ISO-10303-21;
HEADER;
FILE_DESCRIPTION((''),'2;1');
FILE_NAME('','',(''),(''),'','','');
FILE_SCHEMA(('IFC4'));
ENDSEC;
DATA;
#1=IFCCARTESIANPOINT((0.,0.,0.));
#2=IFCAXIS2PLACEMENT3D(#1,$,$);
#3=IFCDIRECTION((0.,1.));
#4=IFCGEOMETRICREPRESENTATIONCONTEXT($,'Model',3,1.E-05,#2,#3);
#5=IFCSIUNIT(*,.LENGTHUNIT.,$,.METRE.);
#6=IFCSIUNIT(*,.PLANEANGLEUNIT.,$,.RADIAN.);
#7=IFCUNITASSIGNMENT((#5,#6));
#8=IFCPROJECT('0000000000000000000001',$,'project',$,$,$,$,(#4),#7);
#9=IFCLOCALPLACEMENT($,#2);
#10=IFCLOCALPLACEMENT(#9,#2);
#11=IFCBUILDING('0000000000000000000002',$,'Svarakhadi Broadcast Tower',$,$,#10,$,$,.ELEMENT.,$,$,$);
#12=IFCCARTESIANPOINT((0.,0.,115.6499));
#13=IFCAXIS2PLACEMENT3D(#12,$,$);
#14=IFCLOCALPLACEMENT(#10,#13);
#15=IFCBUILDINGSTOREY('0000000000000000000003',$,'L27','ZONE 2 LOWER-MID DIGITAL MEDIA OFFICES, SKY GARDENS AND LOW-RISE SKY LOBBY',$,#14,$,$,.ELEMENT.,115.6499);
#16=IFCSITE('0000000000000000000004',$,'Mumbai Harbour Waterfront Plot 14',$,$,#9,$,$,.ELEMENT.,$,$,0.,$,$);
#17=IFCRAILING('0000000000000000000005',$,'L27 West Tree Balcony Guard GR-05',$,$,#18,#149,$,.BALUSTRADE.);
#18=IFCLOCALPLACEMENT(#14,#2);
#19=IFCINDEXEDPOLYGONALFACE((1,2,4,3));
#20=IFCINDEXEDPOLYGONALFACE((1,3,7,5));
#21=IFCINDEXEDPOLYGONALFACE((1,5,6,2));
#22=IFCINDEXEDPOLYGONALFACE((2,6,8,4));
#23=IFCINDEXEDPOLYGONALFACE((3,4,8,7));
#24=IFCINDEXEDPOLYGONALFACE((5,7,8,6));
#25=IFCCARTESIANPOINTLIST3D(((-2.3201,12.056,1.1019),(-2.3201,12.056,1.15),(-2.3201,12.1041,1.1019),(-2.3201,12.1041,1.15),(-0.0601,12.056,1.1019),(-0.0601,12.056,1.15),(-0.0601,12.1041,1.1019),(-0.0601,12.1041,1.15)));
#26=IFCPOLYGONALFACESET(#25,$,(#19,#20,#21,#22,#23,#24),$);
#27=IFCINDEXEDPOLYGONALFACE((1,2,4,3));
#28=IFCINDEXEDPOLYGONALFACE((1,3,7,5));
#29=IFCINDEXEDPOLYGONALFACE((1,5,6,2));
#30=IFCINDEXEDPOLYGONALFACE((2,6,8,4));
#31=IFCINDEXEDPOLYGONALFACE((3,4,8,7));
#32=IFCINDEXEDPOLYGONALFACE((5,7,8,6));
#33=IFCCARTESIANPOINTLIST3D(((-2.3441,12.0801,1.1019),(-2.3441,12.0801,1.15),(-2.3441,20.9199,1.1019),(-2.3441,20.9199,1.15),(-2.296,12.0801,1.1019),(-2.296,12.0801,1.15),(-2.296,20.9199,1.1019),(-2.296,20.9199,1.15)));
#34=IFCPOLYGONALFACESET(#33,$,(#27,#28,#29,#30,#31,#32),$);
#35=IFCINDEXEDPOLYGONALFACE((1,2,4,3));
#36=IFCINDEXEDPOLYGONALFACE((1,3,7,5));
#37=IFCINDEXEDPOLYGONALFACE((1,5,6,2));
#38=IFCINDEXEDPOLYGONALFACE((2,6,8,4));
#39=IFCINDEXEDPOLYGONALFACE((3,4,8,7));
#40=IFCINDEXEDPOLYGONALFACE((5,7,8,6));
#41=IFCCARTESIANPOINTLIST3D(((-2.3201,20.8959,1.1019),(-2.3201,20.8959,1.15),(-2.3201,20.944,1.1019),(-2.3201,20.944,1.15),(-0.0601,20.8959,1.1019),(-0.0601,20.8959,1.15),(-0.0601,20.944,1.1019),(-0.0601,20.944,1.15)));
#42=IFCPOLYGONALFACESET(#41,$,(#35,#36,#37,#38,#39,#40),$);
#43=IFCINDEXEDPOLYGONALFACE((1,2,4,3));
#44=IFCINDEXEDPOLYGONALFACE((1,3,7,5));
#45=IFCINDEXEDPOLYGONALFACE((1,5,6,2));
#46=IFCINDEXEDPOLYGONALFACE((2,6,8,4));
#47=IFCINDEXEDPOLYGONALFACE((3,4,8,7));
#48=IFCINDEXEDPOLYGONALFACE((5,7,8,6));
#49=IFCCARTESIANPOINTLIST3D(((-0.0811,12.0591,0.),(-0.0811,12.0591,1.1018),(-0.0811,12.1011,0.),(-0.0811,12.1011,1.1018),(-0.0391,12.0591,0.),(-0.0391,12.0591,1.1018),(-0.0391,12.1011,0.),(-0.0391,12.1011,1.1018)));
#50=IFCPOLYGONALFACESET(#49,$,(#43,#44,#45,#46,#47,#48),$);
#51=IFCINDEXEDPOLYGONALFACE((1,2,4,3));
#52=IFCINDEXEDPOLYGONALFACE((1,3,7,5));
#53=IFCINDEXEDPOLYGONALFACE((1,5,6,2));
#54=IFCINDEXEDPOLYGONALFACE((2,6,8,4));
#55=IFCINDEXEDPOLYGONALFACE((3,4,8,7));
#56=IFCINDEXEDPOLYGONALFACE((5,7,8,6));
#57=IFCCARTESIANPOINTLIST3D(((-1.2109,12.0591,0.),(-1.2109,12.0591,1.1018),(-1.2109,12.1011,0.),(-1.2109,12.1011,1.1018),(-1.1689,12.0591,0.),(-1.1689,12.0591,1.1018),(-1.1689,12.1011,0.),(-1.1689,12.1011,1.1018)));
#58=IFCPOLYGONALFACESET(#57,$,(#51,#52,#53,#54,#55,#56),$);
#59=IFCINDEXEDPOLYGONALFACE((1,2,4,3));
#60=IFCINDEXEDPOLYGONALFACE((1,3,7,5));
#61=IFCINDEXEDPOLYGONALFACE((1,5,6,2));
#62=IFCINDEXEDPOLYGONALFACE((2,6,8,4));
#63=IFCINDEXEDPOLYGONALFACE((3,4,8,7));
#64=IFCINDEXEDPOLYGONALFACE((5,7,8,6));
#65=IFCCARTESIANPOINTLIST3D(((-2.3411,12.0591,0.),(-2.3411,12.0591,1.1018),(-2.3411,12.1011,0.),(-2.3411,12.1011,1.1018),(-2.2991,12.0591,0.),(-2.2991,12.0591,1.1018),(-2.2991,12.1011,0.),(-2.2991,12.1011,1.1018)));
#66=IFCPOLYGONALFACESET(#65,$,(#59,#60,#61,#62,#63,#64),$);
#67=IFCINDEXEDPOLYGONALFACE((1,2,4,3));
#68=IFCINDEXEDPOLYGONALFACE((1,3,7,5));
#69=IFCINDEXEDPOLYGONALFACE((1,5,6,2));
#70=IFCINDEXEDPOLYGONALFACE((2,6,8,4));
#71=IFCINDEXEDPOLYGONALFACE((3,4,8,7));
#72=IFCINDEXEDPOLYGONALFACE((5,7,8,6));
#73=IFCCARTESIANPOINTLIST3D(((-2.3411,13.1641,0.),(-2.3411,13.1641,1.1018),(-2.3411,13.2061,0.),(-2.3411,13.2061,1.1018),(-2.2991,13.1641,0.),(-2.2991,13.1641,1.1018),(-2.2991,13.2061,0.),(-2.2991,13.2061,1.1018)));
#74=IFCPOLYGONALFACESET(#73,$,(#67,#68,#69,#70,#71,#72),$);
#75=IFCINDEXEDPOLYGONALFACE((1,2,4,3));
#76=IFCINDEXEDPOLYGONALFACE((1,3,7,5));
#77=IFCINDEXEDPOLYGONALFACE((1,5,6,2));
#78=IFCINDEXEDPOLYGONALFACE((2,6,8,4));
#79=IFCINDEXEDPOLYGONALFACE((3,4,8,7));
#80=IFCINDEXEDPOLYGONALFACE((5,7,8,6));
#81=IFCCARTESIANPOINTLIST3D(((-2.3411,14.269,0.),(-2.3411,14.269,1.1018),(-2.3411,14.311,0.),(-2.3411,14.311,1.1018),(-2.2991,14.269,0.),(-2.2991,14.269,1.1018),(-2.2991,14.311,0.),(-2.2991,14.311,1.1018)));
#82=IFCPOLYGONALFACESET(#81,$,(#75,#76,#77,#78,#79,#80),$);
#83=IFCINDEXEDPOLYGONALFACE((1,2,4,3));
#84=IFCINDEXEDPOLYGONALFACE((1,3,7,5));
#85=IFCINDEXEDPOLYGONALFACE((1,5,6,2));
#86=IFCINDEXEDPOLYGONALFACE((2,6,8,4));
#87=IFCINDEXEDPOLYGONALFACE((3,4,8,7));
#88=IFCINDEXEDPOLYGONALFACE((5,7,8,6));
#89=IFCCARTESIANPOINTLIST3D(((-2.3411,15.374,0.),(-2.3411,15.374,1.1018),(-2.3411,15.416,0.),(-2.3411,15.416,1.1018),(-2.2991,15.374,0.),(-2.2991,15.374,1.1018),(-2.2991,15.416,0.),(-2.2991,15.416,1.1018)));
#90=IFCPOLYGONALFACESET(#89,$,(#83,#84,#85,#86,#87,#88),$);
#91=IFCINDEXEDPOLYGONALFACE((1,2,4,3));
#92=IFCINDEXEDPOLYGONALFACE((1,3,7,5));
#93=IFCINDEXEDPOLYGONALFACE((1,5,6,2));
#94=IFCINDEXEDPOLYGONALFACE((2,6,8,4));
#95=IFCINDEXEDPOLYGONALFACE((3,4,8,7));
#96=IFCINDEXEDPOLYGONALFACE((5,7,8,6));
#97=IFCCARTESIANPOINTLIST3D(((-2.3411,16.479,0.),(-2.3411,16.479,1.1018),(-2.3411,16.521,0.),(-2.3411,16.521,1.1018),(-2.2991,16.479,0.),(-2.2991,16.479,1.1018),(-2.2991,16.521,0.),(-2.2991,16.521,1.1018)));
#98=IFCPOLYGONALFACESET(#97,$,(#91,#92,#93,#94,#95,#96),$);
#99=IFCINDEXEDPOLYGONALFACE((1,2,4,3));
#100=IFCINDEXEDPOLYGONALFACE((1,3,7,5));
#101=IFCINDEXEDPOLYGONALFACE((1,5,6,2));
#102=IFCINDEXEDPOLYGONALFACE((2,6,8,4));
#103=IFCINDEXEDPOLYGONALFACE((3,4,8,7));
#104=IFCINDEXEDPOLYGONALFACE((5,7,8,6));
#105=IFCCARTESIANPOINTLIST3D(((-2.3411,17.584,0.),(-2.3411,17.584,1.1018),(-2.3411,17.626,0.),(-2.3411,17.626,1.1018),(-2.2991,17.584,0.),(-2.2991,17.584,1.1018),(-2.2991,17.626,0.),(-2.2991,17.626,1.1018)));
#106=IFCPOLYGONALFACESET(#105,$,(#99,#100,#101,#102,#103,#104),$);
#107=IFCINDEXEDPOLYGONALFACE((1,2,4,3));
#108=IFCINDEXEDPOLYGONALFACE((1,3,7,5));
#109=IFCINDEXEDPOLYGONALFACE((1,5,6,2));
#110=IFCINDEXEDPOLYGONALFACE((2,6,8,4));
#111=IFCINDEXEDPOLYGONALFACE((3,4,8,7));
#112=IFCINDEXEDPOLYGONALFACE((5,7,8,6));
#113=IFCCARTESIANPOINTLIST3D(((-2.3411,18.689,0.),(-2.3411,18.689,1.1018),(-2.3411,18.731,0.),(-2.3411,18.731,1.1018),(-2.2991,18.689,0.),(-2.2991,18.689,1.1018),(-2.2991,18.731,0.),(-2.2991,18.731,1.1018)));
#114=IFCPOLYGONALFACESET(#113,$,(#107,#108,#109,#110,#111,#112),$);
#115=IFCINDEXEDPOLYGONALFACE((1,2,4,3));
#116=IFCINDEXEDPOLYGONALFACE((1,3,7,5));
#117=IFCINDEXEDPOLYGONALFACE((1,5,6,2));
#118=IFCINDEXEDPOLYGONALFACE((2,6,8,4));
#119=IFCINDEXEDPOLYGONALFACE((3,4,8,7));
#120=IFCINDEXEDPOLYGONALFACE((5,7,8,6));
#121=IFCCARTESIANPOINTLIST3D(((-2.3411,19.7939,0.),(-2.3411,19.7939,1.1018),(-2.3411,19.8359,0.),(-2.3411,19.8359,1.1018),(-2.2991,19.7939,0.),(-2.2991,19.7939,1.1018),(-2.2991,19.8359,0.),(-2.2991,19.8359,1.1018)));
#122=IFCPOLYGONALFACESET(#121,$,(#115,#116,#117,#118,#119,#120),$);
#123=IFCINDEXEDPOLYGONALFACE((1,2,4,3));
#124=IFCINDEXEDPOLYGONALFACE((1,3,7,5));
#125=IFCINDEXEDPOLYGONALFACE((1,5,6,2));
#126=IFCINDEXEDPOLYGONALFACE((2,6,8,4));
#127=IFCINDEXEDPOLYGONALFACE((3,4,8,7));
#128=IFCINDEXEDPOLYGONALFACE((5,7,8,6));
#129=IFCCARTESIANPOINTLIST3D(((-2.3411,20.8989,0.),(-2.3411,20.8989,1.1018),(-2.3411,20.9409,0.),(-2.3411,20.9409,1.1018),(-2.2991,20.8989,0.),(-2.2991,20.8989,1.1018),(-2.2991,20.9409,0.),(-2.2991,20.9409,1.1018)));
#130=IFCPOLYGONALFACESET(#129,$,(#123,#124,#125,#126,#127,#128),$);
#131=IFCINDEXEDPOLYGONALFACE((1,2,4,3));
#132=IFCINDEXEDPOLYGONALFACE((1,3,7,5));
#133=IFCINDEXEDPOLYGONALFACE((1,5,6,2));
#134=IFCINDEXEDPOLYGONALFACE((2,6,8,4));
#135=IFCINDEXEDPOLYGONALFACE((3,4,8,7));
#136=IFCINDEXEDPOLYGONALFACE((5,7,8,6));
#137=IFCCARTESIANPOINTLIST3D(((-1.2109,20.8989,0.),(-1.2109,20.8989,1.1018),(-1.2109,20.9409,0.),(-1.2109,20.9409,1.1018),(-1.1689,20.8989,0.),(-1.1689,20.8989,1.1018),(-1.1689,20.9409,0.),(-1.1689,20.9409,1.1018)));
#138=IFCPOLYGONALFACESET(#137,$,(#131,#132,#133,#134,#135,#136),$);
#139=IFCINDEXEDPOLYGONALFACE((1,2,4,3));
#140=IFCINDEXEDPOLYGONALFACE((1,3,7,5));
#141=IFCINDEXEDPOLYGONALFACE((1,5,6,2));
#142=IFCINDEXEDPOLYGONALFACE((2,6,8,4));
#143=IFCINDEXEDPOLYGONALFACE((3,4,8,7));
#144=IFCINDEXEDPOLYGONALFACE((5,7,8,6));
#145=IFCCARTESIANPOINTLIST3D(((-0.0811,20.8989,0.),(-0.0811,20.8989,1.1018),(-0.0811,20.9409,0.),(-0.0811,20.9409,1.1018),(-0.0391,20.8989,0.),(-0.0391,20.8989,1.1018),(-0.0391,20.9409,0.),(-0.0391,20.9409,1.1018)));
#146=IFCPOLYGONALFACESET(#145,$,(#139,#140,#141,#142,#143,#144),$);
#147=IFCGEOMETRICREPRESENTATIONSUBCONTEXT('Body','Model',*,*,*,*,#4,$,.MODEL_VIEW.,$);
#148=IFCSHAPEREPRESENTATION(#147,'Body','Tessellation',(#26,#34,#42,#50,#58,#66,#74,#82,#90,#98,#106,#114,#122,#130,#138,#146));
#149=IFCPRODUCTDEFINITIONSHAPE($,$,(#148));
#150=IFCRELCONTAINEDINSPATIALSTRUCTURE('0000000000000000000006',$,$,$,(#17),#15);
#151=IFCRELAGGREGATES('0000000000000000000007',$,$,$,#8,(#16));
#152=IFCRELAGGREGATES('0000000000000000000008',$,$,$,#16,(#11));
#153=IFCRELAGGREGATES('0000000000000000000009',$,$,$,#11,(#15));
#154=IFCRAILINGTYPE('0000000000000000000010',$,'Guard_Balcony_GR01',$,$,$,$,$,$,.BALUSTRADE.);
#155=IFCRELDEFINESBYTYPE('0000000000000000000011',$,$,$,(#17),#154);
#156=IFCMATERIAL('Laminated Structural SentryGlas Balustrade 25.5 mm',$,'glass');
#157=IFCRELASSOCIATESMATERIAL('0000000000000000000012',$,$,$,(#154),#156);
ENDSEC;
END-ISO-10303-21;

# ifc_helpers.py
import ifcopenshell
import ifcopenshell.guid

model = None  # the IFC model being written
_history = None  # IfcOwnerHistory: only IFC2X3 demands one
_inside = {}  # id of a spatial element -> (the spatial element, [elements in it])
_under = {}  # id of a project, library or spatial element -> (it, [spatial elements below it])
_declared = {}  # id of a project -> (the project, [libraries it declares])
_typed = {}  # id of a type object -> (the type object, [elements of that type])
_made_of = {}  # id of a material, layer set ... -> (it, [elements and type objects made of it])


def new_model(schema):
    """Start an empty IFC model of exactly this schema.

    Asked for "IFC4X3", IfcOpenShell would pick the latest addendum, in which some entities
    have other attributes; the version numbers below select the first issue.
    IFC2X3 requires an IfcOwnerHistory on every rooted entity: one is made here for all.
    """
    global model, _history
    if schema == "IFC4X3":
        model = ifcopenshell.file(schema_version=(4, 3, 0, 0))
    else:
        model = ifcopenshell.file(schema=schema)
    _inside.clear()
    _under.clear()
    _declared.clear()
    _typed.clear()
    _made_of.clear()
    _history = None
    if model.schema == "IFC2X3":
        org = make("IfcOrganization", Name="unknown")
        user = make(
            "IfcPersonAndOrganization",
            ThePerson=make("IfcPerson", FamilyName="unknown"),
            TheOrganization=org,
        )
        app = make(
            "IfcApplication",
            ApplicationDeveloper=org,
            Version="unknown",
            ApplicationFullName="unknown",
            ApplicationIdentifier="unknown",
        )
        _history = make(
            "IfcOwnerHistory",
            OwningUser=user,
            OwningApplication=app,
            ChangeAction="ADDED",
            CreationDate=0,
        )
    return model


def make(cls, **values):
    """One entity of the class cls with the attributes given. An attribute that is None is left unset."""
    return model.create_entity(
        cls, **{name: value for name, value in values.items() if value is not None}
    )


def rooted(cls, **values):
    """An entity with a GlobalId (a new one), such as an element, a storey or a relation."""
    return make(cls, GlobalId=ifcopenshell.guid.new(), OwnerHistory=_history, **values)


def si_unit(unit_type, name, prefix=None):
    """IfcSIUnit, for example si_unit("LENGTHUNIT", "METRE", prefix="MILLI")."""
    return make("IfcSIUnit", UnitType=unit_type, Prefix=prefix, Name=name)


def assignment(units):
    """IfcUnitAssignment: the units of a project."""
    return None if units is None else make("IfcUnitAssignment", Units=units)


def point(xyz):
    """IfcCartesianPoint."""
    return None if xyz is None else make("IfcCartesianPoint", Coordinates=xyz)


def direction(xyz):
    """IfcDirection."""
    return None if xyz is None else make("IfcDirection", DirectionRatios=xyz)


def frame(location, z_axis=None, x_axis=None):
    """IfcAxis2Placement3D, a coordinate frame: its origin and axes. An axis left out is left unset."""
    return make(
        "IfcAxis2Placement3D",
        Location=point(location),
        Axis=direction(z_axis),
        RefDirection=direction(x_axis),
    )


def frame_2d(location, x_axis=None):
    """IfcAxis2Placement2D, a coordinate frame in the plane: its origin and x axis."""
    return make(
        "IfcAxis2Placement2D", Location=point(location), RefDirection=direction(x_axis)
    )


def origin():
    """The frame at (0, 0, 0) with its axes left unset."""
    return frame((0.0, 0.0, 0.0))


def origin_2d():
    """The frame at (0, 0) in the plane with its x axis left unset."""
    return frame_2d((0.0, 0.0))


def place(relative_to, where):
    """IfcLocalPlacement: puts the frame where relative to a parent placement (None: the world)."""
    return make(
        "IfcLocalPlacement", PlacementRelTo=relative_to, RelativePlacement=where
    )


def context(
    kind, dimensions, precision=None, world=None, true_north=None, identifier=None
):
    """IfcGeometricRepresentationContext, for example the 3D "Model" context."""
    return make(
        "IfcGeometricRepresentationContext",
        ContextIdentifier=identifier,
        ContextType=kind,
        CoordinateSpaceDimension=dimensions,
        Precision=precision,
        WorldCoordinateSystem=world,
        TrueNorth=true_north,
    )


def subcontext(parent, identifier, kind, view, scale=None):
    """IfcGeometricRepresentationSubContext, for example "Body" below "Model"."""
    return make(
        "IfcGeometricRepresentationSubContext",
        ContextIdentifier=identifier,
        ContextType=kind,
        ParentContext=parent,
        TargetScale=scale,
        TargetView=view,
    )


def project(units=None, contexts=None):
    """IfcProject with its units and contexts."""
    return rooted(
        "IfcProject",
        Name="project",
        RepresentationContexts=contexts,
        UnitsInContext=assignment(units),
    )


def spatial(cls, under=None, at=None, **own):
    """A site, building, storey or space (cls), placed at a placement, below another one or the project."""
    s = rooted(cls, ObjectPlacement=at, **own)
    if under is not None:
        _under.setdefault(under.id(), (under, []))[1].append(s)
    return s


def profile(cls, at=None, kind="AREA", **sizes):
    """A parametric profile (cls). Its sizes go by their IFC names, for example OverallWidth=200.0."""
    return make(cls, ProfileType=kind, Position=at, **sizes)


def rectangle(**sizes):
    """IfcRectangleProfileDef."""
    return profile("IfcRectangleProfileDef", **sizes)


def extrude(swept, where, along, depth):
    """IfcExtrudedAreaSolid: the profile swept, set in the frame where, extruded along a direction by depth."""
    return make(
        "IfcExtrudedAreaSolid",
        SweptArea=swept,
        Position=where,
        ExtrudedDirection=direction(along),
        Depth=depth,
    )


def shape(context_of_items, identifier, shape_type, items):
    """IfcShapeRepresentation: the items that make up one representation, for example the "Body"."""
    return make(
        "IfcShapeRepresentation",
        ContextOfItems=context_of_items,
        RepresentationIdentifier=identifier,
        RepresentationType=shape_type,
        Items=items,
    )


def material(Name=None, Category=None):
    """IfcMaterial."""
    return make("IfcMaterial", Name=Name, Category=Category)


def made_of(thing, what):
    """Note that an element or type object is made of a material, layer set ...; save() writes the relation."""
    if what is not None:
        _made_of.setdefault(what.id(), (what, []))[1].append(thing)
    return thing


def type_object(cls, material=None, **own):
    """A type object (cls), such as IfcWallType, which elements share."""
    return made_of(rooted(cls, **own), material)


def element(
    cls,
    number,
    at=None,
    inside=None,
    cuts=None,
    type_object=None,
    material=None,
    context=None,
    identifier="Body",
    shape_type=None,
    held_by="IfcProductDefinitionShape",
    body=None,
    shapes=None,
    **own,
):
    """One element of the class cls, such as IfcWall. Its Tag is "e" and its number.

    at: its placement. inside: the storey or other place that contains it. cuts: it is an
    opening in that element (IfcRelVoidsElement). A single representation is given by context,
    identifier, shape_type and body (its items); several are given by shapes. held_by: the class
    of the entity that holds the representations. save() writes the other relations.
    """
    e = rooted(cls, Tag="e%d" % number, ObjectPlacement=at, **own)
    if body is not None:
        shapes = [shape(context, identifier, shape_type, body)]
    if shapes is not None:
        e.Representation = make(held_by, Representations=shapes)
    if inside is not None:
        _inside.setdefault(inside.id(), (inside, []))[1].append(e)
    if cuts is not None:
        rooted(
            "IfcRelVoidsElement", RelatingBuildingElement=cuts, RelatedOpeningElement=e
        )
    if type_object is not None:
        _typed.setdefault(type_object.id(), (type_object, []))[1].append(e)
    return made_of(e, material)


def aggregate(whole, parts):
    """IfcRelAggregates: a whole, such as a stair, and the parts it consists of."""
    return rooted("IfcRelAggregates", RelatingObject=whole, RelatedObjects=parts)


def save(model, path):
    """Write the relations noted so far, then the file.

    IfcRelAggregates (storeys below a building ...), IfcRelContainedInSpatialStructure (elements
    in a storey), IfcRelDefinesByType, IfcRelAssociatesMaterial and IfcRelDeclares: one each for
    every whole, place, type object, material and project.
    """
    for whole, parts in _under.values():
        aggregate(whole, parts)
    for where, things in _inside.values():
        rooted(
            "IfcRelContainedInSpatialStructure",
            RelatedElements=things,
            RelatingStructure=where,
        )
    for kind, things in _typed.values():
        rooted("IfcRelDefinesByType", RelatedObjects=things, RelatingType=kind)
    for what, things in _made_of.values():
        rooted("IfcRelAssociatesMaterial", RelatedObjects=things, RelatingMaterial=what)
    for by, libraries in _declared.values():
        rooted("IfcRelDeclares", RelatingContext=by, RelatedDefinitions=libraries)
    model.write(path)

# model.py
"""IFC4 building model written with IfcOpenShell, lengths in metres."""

from ifc_helpers import new_model, si_unit, direction, frame, origin, origin_2d, place, context, subcontext, project, spatial, rectangle, extrude, material, type_object, element, save


model = new_model("IFC4")

# Units and contexts
model_context = context("Model", 3, precision=1e-05, world=origin(), true_north=direction((0.0, 1.0)))
body_context = subcontext(model_context, "Body", "Model", "MODEL_VIEW")
ifc_project = project(units=[si_unit("LENGTHUNIT", "METRE"), si_unit("PLANEANGLEUNIT", "RADIAN")], contexts=[model_context])

# Site, building, storey
site_placement = place(None, origin())
site = spatial("IfcSite", under=ifc_project, at=site_placement, Name="Mumbai Harbour Waterfront Plot 14", CompositionType="ELEMENT", RefElevation=0.0)
building_placement = place(site_placement, origin())
building = spatial("IfcBuilding", under=site, at=building_placement, Name="Svarakhadi Broadcast Tower", CompositionType="ELEMENT")
storey_placement = place(building_placement, frame((0.0, 0.0, 115.6499)))
storey = spatial("IfcBuildingStorey", under=building, at=storey_placement, Name="L27", Description="ZONE 2 LOWER-MID DIGITAL MEDIA OFFICES, SKY GARDENS AND LOW-RISE SKY LOBBY", CompositionType="ELEMENT", Elevation=115.6499)

# Railing
ifc_material_1 = material(Name="Laminated Structural SentryGlas Balustrade 25.5 mm", Category="glass")
railing_type = type_object("IfcRailingType", Name="Guard_Balcony_GR01", PredefinedType="BALUSTRADE", material=ifc_material_1)
railing_placement = place(storey_placement, frame((-0.0601, 12.0801, 0.0)))
element("IfcRailing", 1, at=railing_placement, inside=storey, type_object=railing_type, Name="L27 West Tree Balcony Guard GR-05", PredefinedType="BALUSTRADE", context=body_context, shape_type="SweptSolid", body=[
    extrude(rectangle(XDim=0.0481, YDim=0.0481, at=origin_2d()), frame((0.0, 0.0, 1.126), z_axis=(-1.0, 0.0, 0.0), x_axis=(0.0, -1.0, 0.0)), (0.0, 0.0, 1.0), 2.26),
    extrude(rectangle(XDim=0.0481, YDim=0.0481, at=origin_2d()), frame((-2.26, 0.0, 1.126), z_axis=(0.0, 1.0, 0.0), x_axis=(-1.0, 0.0, 0.0)), (0.0, 0.0, 1.0), 8.8398),
    extrude(rectangle(XDim=0.0481, YDim=0.0481, at=origin_2d()), frame((-2.26, 8.8398, 1.126), z_axis=(1.0, 0.0, 0.0), x_axis=(0.0, 1.0, 0.0)), (0.0, 0.0, 1.0), 2.26),
    extrude(rectangle(XDim=0.042, YDim=0.042, at=origin_2d()), origin(), (0.0, 0.0, 1.0), 1.1018),
    extrude(rectangle(XDim=0.042, YDim=0.042, at=origin_2d()), frame((-1.1299, 0.0, 0.0)), (0.0, 0.0, 1.0), 1.1018),
    extrude(rectangle(XDim=0.042, YDim=0.042, at=origin_2d()), frame((-2.26, 0.0, 0.0)), (0.0, 0.0, 1.0), 1.1018),
    extrude(rectangle(XDim=0.042, YDim=0.042, at=origin_2d()), frame((-2.26, 1.105, 0.0)), (0.0, 0.0, 1.0), 1.1018),
    extrude(rectangle(XDim=0.042, YDim=0.042, at=origin_2d()), frame((-2.26, 2.21, 0.0)), (0.0, 0.0, 1.0), 1.1018),
    extrude(rectangle(XDim=0.042, YDim=0.042, at=origin_2d()), frame((-2.26, 3.3149, 0.0)), (0.0, 0.0, 1.0), 1.1018),
    extrude(rectangle(XDim=0.042, YDim=0.042, at=origin_2d()), frame((-2.26, 4.4199, 0.0)), (0.0, 0.0, 1.0), 1.1018),
    extrude(rectangle(XDim=0.042, YDim=0.042, at=origin_2d()), frame((-2.26, 5.5249, 0.0)), (0.0, 0.0, 1.0), 1.1018),
    extrude(rectangle(XDim=0.042, YDim=0.042, at=origin_2d()), frame((-2.26, 6.6299, 0.0)), (0.0, 0.0, 1.0), 1.1018),
    extrude(rectangle(XDim=0.042, YDim=0.042, at=origin_2d()), frame((-2.26, 7.7349, 0.0)), (0.0, 0.0, 1.0), 1.1018),
    extrude(rectangle(XDim=0.042, YDim=0.042, at=origin_2d()), frame((-2.26, 8.8398, 0.0)), (0.0, 0.0, 1.0), 1.1018),
    extrude(rectangle(XDim=0.042, YDim=0.042, at=origin_2d()), frame((-1.1299, 8.8398, 0.0)), (0.0, 0.0, 1.0), 1.1018),
    extrude(rectangle(XDim=0.042, YDim=0.042, at=origin_2d()), frame((0.0, 8.8398, 0.0)), (0.0, 0.0, 1.0), 1.1018),
])

save(model, "model.ifc")
